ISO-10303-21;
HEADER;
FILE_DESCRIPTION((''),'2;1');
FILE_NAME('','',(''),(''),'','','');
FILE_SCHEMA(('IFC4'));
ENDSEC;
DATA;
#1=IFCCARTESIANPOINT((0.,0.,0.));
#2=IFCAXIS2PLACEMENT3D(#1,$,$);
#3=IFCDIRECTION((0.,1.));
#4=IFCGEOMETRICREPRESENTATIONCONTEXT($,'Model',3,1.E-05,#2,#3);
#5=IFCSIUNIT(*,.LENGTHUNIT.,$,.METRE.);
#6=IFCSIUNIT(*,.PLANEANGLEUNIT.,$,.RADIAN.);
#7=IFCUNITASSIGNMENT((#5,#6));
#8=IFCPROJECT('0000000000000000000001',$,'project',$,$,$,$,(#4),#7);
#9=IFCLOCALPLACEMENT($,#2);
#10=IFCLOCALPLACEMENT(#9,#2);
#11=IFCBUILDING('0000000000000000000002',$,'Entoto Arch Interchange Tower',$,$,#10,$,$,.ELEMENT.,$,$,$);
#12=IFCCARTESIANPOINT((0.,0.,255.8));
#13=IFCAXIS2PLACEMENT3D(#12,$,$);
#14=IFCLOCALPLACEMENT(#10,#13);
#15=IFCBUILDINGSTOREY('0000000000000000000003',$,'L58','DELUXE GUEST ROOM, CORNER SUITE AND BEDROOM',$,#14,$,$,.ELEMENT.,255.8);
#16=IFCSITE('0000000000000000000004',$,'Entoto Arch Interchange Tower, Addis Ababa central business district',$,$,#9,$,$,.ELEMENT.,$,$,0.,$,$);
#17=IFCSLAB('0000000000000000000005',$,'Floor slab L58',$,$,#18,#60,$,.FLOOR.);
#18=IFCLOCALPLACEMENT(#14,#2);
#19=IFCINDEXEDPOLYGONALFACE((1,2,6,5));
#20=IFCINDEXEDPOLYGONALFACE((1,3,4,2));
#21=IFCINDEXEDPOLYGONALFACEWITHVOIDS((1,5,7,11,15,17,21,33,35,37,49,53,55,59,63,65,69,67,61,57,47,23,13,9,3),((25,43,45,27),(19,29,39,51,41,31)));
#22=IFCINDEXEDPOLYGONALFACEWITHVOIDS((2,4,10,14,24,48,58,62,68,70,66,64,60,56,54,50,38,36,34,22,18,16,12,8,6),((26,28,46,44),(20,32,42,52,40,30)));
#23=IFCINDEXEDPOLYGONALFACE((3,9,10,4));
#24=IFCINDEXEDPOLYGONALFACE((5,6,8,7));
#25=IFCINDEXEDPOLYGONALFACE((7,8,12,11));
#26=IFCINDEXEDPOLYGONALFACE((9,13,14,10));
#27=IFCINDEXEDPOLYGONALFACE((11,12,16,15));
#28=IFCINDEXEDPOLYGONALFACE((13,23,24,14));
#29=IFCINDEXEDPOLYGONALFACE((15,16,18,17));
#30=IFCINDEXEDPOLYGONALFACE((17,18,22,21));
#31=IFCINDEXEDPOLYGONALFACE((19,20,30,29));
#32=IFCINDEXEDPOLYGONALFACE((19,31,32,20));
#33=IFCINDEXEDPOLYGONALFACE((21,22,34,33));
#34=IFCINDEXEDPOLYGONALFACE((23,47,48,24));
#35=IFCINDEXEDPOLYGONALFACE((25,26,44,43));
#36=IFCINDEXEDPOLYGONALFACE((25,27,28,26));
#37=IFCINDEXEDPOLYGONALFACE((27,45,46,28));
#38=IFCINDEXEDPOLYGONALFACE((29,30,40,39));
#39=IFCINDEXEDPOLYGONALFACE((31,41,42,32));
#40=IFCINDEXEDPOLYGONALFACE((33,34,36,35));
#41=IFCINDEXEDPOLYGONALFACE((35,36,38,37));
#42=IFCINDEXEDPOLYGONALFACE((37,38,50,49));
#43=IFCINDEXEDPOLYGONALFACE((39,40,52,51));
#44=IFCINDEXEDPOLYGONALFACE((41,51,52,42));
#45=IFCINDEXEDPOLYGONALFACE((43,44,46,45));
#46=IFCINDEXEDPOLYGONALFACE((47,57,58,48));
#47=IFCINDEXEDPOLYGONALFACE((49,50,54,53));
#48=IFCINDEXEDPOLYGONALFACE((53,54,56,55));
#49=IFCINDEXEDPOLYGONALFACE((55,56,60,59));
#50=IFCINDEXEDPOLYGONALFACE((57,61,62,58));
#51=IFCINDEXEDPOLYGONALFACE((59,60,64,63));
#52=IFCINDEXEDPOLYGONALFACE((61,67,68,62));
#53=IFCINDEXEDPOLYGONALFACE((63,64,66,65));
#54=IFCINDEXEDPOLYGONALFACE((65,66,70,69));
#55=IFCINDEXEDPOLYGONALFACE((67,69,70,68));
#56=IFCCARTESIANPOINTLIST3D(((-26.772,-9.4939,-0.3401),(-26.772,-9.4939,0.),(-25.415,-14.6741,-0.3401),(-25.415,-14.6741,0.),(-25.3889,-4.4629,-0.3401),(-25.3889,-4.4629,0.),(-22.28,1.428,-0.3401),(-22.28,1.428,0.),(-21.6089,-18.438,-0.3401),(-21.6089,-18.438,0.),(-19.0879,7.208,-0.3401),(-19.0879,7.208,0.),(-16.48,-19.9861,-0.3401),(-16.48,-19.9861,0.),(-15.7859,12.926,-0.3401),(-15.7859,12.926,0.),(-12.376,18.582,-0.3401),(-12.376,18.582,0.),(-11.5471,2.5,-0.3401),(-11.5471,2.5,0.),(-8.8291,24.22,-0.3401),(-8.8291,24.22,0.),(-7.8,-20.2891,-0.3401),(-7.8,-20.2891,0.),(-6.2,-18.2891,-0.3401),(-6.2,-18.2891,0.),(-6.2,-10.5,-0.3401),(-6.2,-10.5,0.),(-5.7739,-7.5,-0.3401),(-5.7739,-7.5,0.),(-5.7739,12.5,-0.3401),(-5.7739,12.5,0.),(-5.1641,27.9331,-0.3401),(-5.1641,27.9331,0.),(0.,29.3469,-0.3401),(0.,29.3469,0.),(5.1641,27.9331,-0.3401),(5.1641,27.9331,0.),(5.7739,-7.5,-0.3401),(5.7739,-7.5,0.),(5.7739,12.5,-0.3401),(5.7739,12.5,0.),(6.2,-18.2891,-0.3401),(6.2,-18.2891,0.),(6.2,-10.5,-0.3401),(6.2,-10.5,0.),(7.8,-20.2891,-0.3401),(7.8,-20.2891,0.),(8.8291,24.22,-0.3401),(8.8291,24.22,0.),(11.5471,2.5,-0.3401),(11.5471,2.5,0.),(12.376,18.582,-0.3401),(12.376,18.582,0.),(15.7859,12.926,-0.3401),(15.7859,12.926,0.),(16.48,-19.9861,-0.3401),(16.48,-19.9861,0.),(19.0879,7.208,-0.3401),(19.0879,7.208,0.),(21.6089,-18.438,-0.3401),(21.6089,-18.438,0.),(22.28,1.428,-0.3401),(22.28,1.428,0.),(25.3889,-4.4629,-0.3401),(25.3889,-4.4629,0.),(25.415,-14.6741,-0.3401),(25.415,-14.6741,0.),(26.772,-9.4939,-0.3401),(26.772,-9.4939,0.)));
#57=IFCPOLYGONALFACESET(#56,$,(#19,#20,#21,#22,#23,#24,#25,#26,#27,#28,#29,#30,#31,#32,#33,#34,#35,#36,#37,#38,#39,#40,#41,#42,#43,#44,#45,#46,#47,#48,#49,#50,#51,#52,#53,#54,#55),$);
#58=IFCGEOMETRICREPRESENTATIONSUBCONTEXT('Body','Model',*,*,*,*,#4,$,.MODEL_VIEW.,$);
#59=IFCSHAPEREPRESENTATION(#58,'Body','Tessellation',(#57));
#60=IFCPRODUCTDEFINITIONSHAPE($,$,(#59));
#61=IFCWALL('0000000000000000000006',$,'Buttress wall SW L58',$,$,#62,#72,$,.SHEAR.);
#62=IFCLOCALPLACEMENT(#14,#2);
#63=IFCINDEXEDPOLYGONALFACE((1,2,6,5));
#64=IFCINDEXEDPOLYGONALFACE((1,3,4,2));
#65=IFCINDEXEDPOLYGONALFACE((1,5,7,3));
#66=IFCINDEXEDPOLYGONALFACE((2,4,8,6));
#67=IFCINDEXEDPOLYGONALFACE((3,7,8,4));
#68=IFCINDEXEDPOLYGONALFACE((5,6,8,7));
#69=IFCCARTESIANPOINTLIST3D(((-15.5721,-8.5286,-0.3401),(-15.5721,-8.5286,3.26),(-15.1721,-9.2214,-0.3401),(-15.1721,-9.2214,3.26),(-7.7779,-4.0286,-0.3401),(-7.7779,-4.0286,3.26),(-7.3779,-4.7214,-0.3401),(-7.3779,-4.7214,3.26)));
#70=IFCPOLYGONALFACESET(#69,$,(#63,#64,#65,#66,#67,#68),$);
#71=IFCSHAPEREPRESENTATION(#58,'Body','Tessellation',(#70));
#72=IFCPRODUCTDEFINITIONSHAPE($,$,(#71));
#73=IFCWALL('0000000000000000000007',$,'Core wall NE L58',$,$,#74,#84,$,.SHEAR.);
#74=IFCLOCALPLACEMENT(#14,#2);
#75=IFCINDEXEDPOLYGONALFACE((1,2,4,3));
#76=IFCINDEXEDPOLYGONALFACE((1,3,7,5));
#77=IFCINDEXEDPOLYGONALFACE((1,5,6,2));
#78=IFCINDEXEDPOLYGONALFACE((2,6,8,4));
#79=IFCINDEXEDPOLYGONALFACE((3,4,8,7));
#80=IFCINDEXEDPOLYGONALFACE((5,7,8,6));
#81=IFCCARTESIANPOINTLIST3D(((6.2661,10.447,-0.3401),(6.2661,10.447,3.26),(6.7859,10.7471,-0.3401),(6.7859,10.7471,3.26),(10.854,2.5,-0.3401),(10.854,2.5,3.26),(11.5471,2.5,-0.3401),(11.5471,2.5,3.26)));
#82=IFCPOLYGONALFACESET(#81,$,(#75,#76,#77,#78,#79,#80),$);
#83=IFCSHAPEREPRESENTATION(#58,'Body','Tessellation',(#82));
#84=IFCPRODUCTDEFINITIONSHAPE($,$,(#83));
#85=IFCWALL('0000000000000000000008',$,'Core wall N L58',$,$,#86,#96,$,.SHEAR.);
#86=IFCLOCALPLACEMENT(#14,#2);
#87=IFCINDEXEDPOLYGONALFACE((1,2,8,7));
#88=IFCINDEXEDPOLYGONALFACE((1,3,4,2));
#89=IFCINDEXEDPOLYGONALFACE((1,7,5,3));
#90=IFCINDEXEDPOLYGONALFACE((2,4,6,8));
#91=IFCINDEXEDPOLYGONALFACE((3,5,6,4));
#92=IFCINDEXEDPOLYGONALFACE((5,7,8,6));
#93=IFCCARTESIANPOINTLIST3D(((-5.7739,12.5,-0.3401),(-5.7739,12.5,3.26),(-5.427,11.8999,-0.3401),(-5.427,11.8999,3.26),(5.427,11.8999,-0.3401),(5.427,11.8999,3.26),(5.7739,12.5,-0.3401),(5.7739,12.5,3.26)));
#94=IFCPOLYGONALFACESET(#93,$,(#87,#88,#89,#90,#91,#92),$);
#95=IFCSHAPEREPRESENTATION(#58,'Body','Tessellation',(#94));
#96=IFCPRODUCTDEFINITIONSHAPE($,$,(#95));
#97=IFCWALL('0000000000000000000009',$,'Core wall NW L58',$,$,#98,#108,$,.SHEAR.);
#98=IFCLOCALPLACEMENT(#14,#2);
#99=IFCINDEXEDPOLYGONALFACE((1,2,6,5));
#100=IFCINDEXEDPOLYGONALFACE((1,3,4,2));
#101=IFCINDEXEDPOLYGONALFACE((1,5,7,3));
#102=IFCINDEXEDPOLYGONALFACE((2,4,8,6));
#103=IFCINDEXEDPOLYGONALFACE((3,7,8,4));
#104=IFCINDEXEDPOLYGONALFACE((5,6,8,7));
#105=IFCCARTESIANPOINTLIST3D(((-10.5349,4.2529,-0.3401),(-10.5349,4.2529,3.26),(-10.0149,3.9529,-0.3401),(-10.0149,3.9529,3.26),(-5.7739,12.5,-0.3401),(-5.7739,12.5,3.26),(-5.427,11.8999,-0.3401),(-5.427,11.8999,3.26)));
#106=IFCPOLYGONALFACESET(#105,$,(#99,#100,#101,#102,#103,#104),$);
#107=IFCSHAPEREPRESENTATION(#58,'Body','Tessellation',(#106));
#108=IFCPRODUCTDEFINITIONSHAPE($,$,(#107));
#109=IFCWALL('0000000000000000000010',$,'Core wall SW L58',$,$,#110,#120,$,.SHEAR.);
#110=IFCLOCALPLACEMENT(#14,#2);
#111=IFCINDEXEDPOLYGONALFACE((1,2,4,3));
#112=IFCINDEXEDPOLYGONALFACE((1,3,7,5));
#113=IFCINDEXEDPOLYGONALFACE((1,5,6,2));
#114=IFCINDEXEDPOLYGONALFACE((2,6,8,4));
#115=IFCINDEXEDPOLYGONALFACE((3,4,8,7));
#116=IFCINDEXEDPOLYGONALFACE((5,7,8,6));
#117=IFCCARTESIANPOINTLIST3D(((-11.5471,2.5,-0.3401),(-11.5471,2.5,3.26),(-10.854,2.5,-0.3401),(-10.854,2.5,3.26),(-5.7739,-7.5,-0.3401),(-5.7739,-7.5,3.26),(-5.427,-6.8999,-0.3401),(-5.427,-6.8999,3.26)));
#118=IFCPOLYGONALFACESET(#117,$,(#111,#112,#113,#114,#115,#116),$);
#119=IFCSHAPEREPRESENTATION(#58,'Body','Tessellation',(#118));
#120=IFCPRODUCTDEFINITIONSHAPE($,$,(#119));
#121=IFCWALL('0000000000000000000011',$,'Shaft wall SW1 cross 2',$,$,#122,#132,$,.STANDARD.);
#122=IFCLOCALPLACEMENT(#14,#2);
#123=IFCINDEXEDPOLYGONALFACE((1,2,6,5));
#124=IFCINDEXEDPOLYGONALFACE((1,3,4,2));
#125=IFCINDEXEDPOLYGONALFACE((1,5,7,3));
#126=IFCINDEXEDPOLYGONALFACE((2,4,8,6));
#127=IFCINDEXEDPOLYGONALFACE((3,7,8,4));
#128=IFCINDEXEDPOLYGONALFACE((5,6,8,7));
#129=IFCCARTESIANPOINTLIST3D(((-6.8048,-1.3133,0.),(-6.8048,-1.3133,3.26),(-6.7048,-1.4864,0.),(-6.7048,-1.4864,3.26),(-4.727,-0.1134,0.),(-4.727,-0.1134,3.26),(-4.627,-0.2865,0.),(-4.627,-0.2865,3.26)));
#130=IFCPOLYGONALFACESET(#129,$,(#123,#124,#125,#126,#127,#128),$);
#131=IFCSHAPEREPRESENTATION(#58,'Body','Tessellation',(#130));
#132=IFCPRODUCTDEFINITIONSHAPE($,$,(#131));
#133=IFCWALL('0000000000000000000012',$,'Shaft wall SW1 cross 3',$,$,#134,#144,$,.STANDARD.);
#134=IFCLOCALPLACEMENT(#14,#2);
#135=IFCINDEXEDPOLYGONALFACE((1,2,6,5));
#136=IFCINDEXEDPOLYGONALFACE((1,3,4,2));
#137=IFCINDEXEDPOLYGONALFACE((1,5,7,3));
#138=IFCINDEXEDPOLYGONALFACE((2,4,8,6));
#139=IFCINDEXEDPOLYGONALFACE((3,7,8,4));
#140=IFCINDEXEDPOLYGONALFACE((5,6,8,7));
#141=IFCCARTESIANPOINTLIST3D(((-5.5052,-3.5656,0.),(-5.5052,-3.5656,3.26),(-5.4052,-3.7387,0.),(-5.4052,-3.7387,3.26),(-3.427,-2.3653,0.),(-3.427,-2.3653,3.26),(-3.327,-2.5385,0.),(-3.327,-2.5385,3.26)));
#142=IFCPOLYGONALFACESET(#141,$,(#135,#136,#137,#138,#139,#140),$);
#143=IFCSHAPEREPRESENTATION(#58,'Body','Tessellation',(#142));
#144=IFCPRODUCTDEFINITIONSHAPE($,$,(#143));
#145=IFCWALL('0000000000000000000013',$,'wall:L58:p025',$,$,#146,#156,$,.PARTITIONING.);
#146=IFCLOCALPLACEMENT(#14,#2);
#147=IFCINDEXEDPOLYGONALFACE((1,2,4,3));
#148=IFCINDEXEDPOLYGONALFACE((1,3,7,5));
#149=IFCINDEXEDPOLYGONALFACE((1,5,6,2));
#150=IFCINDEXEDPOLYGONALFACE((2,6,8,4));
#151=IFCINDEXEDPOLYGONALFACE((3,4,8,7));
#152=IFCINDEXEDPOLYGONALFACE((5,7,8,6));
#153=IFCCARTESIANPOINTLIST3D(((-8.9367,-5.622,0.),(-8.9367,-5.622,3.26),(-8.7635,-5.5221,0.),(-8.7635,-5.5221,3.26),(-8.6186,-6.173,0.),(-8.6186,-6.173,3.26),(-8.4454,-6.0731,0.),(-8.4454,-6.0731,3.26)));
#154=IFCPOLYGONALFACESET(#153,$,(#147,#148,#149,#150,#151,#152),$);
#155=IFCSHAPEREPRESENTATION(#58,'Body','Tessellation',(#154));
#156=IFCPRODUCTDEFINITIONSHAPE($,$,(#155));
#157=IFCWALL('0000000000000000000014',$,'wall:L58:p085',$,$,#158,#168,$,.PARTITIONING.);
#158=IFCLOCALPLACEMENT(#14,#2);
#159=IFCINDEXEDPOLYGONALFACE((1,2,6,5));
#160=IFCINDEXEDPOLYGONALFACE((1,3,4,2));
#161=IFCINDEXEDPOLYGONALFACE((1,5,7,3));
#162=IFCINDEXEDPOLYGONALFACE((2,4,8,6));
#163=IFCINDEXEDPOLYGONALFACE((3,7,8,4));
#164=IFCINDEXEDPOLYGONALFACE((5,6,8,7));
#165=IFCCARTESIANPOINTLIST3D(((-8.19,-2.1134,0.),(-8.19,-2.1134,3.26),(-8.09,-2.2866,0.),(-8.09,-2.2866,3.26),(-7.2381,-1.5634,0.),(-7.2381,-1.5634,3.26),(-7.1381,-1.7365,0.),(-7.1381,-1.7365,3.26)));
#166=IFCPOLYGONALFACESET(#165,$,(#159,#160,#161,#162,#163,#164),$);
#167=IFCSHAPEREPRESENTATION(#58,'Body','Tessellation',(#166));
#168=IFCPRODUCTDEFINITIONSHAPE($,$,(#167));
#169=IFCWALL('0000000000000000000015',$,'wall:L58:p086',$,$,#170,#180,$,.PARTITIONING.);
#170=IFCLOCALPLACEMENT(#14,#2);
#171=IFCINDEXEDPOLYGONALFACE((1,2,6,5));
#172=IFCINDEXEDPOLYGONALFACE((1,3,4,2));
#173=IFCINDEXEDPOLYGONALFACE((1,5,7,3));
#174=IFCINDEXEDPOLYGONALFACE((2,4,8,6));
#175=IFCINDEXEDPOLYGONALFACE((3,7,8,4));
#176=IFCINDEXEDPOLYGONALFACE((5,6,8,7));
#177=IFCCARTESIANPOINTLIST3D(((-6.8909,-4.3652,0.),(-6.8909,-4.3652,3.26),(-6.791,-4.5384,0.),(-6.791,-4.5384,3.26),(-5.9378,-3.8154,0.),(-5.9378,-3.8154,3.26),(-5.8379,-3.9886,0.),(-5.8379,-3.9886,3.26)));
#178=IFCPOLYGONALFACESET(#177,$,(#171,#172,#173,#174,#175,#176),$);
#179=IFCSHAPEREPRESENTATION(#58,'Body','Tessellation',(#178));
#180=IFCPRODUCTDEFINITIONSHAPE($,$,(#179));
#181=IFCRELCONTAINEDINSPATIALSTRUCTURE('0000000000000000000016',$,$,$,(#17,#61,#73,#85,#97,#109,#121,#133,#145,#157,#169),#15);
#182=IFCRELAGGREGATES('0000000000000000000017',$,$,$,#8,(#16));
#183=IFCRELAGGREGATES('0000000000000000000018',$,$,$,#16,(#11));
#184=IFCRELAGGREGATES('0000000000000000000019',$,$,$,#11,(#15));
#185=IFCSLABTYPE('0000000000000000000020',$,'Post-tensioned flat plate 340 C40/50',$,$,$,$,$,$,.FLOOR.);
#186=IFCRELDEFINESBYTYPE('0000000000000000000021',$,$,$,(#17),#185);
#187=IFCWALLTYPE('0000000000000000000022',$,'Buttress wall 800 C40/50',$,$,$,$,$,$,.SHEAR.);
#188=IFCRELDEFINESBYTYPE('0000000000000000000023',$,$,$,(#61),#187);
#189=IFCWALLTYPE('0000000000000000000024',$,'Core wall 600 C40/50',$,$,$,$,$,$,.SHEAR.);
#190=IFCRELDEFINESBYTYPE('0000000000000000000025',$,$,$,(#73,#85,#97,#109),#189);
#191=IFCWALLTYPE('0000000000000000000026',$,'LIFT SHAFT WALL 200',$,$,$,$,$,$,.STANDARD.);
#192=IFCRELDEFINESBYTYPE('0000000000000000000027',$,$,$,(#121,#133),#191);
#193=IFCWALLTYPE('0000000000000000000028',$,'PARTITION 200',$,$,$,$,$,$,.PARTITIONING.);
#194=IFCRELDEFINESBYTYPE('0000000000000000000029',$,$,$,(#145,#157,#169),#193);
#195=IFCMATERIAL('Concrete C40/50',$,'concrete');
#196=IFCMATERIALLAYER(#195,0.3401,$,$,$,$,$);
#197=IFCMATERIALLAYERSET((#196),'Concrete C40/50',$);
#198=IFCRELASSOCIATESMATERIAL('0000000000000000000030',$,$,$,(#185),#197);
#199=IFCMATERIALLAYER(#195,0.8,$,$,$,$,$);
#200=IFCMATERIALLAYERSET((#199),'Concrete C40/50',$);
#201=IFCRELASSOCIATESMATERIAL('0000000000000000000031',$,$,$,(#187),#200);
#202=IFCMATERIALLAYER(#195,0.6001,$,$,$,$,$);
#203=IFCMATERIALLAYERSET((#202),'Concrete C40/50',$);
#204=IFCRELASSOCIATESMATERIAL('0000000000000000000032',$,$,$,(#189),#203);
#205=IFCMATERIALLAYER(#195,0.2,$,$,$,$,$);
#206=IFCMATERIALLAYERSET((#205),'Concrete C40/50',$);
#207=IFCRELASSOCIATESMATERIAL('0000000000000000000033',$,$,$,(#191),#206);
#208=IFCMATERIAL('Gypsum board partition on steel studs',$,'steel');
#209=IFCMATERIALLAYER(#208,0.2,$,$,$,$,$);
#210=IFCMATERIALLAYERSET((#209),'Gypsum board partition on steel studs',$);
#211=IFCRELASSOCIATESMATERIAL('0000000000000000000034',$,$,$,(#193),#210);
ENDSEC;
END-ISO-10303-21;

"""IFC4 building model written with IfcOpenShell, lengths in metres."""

from ifc_helpers import new_model, si_unit, direction, frame, frame_2d, origin, place, context, subcontext, project, spatial, polyline, rectangle, outline, extrude, material, layer, layer_set, type_object, element, save


model = new_model("IFC4")

# Units and contexts
model_context = context("Model", 3, precision=1e-05, world=origin(), true_north=direction((0.0, 1.0)))
body_context = subcontext(model_context, "Body", "Model", "MODEL_VIEW")
ifc_project = project(units=[si_unit("LENGTHUNIT", "METRE"), si_unit("PLANEANGLEUNIT", "RADIAN")], contexts=[model_context])

# Site, building, storey
site_placement = place(None, origin())
site = spatial("IfcSite", under=ifc_project, at=site_placement, Name="Entoto Arch Interchange Tower, Addis Ababa central business district", CompositionType="ELEMENT", RefElevation=0.0)
building_placement = place(site_placement, origin())
building = spatial("IfcBuilding", under=site, at=building_placement, Name="Entoto Arch Interchange Tower", CompositionType="ELEMENT")
storey_placement = place(building_placement, frame((0.0, 0.0, 255.8)))
storey = spatial("IfcBuildingStorey", under=building, at=storey_placement, Name="L58", Description="DELUXE GUEST ROOM, CORNER SUITE AND BEDROOM", CompositionType="ELEMENT", Elevation=255.8)

# Slab
ifc_material_1 = material(Name="Concrete C40/50", Category="concrete")
ifc_layer_1 = layer(ifc_material_1, 0.3401)
ifc_layer_set_1 = layer_set([ifc_layer_1], Name="Concrete C40/50")
slab_type = type_object("IfcSlabType", Name="Post-tensioned flat plate 340 C40/50", PredefinedType="FLOOR", material=ifc_layer_set_1)
slab_placement = place(storey_placement, frame((0.0, 0.0, -0.3401)))
element("IfcSlab", 1, at=slab_placement, inside=storey, type_object=slab_type, Name="Floor slab L58", PredefinedType="FLOOR", context=body_context, shape_type="SweptSolid", body=[
    extrude(outline(polyline([(-16.48, -19.9861), (-7.8, -20.2891), (7.8, -20.2891), (16.48, -19.9861), (21.6089, -18.438), (25.415, -14.6741), (26.772, -9.4939), (25.3889, -4.4629), (22.28, 1.428), (19.0879, 7.208), (15.7859, 12.926), (12.376, 18.582), (8.8291, 24.22), (5.1641, 27.9331), (0.0, 29.3469), (-5.1641, 27.9331), (-8.8291, 24.22), (-12.376, 18.582), (-15.7859, 12.926), (-19.0879, 7.208), (-22.28, 1.428), (-25.3889, -4.4629), (-26.772, -9.4939), (-25.415, -14.6741), (-21.6089, -18.438), (-16.48, -19.9861)]), holes=[polyline([(6.2, -18.2891), (6.2, -10.5), (-6.2, -10.5), (-6.2, -18.2891), (6.2, -18.2891)]), polyline([(11.5471, 2.5), (5.7739, 12.5), (-5.7739, 12.5), (-11.5471, 2.5), (-5.7739, -7.5), (5.7739, -7.5), (11.5471, 2.5)])]), origin(), (0.0, 0.0, 1.0), 0.3401),
])

# Walls
ifc_layer_2 = layer(ifc_material_1, 0.8)
ifc_layer_set_2 = layer_set([ifc_layer_2], Name="Concrete C40/50")
wall_type_1 = type_object("IfcWallType", Name="Buttress wall 800 C40/50", PredefinedType="SHEAR", material=ifc_layer_set_2)
wall_1_placement = place(storey_placement, frame((-7.5779, -4.375, -0.3401), z_axis=(0.0, 0.0, 1.0), x_axis=(-0.866024, -0.500002, 0.0)))
element("IfcWall", 2, at=wall_1_placement, inside=storey, type_object=wall_type_1, Name="Buttress wall SW L58", PredefinedType="SHEAR", context=body_context, shape_type="SweptSolid", body=[
    extrude(rectangle(XDim=9.0, YDim=0.8, at=frame_2d((4.5, 0.0))), origin(), (0.0, 0.0, 1.0), 3.6001),
])
ifc_layer_3 = layer(ifc_material_1, 0.6001)
ifc_layer_set_3 = layer_set([ifc_layer_3], Name="Concrete C40/50")
wall_type_2 = type_object("IfcWallType", Name="Core wall 600 C40/50", PredefinedType="SHEAR", material=ifc_layer_set_3)
wall_2_placement = place(storey_placement, frame((0.0, 0.0, -0.3401)))
element("IfcWall", 3, at=wall_2_placement, inside=storey, type_object=wall_type_2, Name="Core wall NE L58", PredefinedType="SHEAR", context=body_context, shape_type="SweptSolid", body=[
    extrude(outline(polyline([(6.7859, 10.7471), (6.2661, 10.447), (10.854, 2.5), (11.5471, 2.5), (6.7859, 10.7471)])), origin(), (0.0, 0.0, 1.0), 3.6001),
])
wall_3_placement = place(storey_placement, frame((0.0, 0.0, -0.3401)))
element("IfcWall", 4, at=wall_3_placement, inside=storey, type_object=wall_type_2, Name="Core wall N L58", PredefinedType="SHEAR", context=body_context, shape_type="SweptSolid", body=[
    extrude(outline(polyline([(5.7739, 12.5), (-5.7739, 12.5), (-5.427, 11.8999), (5.427, 11.8999), (5.7739, 12.5)])), origin(), (0.0, 0.0, 1.0), 3.6001),
])
wall_4_placement = place(storey_placement, frame((0.0, 0.0, -0.3401)))
element("IfcWall", 5, at=wall_4_placement, inside=storey, type_object=wall_type_2, Name="Core wall NW L58", PredefinedType="SHEAR", context=body_context, shape_type="SweptSolid", body=[
    extrude(outline(polyline([(-10.5349, 4.2529), (-10.0149, 3.9529), (-5.427, 11.8999), (-5.7739, 12.5), (-10.5349, 4.2529)])), origin(), (0.0, 0.0, 1.0), 3.6001),
])
wall_5_placement = place(storey_placement, frame((0.0, 0.0, -0.3401)))
element("IfcWall", 6, at=wall_5_placement, inside=storey, type_object=wall_type_2, Name="Core wall SW L58", PredefinedType="SHEAR", context=body_context, shape_type="SweptSolid", body=[
    extrude(outline(polyline([(-11.5471, 2.5), (-5.7739, -7.5), (-5.427, -6.8999), (-10.854, 2.5), (-11.5471, 2.5)])), origin(), (0.0, 0.0, 1.0), 3.6001),
])
ifc_layer_4 = layer(ifc_material_1, 0.2)
ifc_layer_set_4 = layer_set([ifc_layer_4], Name="Concrete C40/50")
wall_type_3 = type_object("IfcWallType", Name="LIFT SHAFT WALL 200", PredefinedType="STANDARD", material=ifc_layer_set_4)
wall_6_placement = place(storey_placement, frame((-4.677, -0.2, 0.0), z_axis=(0.0, 0.0, 1.0), x_axis=(-0.865974, -0.500089, 0.0)))
element("IfcWall", 7, at=wall_6_placement, inside=storey, type_object=wall_type_3, Name="Shaft wall SW1 cross 2", PredefinedType="STANDARD", context=body_context, shape_type="SweptSolid", body=[
    extrude(rectangle(XDim=2.3994, YDim=0.2, at=frame_2d((1.1997, 0.0))), origin(), (0.0, 0.0, 1.0), 3.26),
])
wall_7_placement = place(storey_placement, frame((-3.377, -2.4519, 0.0), z_axis=(0.0, 0.0, 1.0), x_axis=(-0.865955, -0.500122, 0.0)))
element("IfcWall", 8, at=wall_7_placement, inside=storey, type_object=wall_type_3, Name="Shaft wall SW1 cross 3", PredefinedType="STANDARD", context=body_context, shape_type="SweptSolid", body=[
    extrude(rectangle(XDim=2.3999, YDim=0.2, at=frame_2d((1.2, 0.0))), origin(), (0.0, 0.0, 1.0), 3.26),
])
ifc_material_2 = material(Name="Gypsum board partition on steel studs", Category="steel")
ifc_layer_5 = layer(ifc_material_2, 0.2)
ifc_layer_set_5 = layer_set([ifc_layer_5], Name="Gypsum board partition on steel studs")
wall_type_4 = type_object("IfcWallType", Name="PARTITION 200", PredefinedType="PARTITIONING", material=ifc_layer_set_5)
wall_8_placement = place(storey_placement, frame((-8.532, -6.123, 0.0), z_axis=(0.0, 0.0, 1.0), x_axis=(-0.499977, 0.866039, 0.0)))
element("IfcWall", 9, at=wall_8_placement, inside=storey, type_object=wall_type_4, Name="wall:L58:p025", PredefinedType="PARTITIONING", context=body_context, shape_type="SweptSolid", body=[
    extrude(rectangle(XDim=0.6362, YDim=0.2, at=frame_2d((0.3181, 0.0))), origin(), (0.0, 0.0, 1.0), 3.26),
])
wall_9_placement = place(storey_placement, frame((-7.188, -1.6499, 0.0), z_axis=(0.0, 0.0, 1.0), x_axis=(-0.865842, -0.500318, 0.0)))
element("IfcWall", 10, at=wall_9_placement, inside=storey, type_object=wall_type_4, Name="wall:L58:p085", PredefinedType="PARTITIONING", context=body_context, shape_type="SweptSolid", body=[
    extrude(rectangle(XDim=1.0994, YDim=0.2, at=frame_2d((0.5498, 0.0))), origin(), (0.0, 0.0, 1.0), 3.26),
])
wall_10_placement = place(storey_placement, frame((-6.8411, -4.4519, 0.0), z_axis=(0.0, 0.0, 1.0), x_axis=(0.866215, 0.499671, 0.0)))
element("IfcWall", 11, at=wall_10_placement, inside=storey, type_object=wall_type_4, Name="wall:L58:p086", PredefinedType="PARTITIONING", context=body_context, shape_type="SweptSolid", body=[
    extrude(rectangle(XDim=1.1003, YDim=0.2, at=frame_2d((0.5503, 0.0))), origin(), (0.0, 0.0, 1.0), 3.26),
])

save(model, "model.ifc")
